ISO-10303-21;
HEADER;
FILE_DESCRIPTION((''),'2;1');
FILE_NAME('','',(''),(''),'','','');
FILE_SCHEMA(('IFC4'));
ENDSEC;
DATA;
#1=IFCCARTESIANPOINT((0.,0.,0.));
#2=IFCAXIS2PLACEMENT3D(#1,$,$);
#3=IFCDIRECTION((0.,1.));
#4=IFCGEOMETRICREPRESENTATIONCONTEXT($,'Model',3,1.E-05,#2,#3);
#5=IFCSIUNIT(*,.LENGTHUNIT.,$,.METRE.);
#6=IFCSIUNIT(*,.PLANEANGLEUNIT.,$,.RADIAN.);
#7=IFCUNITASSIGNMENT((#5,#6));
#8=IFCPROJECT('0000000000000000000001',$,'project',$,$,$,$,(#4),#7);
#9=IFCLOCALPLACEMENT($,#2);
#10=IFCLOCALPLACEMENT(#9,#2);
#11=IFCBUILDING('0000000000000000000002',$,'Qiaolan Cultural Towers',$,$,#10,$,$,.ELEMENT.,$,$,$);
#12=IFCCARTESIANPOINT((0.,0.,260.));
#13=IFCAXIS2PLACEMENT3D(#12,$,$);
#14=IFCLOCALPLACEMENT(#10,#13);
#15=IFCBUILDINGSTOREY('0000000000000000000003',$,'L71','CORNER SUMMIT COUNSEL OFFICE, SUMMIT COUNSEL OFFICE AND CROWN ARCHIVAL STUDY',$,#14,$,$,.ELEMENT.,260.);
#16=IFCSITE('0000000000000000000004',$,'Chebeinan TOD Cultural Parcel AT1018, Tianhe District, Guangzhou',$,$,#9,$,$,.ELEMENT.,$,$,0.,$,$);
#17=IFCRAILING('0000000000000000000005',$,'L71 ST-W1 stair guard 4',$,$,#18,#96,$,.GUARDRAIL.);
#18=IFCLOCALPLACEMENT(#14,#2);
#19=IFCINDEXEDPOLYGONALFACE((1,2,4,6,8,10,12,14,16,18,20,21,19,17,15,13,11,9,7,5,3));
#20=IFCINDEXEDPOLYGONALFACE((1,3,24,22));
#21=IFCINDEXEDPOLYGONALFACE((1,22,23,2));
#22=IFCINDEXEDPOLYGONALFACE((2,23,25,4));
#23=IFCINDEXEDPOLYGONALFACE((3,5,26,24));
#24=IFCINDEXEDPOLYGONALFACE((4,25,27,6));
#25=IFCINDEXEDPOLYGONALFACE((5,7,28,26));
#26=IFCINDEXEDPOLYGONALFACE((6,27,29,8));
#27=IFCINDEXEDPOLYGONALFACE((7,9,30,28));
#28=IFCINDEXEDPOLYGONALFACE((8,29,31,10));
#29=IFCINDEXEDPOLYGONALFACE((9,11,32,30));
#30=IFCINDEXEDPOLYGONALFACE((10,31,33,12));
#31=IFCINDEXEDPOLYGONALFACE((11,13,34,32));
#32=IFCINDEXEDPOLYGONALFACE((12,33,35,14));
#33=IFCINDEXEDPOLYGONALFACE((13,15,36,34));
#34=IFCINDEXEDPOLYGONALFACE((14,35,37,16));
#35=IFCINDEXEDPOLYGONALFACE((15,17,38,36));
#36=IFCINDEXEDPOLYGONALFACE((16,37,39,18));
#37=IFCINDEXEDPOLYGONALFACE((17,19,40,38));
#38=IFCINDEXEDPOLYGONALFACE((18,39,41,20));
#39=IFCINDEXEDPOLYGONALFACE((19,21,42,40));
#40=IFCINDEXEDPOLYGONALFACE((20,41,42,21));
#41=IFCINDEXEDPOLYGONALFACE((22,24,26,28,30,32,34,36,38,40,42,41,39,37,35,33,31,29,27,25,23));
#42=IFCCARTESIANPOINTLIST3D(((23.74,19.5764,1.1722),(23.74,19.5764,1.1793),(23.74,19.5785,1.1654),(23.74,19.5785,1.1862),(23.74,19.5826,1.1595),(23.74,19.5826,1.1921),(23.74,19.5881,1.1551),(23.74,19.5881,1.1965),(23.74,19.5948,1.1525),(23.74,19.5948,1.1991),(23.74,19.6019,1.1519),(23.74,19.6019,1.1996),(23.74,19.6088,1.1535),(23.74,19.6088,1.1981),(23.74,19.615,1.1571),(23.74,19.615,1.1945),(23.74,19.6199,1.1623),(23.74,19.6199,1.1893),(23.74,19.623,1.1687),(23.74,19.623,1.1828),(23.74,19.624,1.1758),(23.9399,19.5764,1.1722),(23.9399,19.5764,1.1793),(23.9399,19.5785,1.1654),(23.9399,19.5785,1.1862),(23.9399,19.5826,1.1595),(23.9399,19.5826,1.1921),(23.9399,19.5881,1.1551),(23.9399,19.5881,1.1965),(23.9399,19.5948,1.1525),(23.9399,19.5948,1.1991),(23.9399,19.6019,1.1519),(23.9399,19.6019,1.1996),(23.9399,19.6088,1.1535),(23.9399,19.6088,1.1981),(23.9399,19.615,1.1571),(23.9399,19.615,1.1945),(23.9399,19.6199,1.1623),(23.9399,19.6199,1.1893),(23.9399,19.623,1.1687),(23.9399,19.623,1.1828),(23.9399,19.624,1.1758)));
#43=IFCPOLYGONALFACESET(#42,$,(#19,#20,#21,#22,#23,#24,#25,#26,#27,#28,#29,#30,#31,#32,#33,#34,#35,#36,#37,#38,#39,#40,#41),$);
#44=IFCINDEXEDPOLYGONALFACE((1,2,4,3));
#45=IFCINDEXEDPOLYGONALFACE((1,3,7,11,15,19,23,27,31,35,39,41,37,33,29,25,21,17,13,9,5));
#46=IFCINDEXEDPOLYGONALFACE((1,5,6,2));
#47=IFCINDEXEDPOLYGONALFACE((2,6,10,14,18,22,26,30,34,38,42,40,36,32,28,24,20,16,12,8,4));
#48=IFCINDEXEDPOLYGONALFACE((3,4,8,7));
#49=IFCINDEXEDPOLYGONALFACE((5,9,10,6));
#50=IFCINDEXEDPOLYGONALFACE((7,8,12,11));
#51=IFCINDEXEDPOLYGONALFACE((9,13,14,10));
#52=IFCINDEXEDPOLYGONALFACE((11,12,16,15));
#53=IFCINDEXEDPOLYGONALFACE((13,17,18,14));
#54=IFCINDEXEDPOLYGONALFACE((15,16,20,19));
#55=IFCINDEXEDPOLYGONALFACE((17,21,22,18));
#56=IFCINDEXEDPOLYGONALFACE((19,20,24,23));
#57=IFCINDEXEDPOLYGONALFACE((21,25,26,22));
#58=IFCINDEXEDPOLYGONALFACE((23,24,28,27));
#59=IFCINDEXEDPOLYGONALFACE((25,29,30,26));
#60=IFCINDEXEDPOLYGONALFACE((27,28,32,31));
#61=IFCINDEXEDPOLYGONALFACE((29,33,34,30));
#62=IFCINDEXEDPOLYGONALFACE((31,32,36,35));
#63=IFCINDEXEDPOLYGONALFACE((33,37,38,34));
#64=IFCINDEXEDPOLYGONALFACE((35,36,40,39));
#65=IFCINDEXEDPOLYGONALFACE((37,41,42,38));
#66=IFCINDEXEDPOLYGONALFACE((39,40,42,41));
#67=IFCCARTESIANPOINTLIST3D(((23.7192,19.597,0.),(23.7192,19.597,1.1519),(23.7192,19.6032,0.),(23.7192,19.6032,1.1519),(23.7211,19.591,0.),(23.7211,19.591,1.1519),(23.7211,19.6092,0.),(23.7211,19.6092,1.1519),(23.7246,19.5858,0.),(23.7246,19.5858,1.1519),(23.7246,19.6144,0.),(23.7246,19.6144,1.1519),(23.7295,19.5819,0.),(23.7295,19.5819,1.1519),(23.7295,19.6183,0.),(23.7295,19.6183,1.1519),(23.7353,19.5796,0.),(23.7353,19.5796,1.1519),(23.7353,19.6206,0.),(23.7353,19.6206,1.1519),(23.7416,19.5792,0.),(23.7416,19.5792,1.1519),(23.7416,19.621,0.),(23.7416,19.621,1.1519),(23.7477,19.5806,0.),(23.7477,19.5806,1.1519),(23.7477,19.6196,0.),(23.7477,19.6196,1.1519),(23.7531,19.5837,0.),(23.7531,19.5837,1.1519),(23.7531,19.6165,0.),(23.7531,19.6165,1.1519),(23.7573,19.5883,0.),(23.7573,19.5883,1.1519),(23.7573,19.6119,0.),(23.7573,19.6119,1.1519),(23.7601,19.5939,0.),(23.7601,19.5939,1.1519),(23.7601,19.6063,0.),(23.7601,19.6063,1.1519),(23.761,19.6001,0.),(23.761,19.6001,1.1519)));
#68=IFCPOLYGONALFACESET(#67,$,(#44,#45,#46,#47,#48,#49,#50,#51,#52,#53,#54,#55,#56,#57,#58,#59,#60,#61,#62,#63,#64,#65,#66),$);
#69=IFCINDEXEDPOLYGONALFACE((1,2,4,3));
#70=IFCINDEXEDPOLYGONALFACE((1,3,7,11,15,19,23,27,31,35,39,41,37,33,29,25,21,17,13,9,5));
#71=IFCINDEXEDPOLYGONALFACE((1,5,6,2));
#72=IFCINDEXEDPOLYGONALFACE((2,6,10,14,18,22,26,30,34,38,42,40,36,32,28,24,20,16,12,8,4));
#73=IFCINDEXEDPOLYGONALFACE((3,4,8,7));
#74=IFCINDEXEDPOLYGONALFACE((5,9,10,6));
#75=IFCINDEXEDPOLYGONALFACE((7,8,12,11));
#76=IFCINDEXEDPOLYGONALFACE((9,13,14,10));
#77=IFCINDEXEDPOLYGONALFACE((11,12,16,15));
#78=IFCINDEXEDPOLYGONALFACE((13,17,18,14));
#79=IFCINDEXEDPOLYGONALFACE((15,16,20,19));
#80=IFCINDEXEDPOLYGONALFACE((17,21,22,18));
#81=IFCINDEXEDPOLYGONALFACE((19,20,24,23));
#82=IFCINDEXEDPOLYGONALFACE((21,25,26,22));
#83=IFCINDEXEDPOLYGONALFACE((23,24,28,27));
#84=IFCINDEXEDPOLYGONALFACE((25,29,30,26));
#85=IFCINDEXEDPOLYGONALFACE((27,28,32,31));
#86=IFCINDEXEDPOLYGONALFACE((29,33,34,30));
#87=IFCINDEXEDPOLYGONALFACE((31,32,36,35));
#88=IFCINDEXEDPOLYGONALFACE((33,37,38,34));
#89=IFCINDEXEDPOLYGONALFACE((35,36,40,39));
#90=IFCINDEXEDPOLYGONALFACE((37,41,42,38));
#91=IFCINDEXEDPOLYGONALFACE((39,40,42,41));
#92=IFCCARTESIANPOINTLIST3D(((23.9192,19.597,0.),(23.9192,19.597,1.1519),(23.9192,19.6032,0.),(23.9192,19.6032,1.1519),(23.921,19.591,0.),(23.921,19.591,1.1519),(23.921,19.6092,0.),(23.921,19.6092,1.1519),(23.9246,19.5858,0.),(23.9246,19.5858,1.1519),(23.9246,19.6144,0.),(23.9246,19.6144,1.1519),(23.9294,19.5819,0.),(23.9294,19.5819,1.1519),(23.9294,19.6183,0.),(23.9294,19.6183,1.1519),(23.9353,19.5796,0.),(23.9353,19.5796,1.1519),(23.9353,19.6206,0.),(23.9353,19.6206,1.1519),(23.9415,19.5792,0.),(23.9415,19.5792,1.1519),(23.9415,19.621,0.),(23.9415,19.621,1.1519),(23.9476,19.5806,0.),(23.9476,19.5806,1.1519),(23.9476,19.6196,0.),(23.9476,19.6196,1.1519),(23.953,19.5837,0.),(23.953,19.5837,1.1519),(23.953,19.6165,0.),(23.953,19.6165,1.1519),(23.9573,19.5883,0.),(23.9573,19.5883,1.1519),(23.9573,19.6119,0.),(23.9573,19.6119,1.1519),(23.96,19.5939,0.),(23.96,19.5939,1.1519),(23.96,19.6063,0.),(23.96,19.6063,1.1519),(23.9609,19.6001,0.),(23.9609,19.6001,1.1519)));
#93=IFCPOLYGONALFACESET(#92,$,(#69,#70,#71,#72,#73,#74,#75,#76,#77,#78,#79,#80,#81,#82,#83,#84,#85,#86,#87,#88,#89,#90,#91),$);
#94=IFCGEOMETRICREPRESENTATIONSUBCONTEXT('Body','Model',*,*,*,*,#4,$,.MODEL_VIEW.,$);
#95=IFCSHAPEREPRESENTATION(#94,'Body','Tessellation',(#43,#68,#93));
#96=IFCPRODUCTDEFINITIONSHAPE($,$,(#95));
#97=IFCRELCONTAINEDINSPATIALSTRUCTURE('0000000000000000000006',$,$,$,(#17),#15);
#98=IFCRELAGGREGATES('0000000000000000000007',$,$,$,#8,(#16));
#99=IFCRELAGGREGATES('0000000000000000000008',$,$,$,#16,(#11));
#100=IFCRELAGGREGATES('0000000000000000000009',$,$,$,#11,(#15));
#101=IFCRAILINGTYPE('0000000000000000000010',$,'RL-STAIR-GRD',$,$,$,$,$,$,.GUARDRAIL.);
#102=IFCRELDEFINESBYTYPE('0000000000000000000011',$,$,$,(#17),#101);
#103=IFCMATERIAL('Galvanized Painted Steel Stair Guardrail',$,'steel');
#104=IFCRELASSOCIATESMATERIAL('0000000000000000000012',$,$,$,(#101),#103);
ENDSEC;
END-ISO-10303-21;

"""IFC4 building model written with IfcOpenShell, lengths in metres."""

from ifc_helpers import new_model, si_unit, direction, frame, origin, origin_2d, place, context, subcontext, project, spatial, circle, extrude, material, type_object, element, save


model = new_model("IFC4")

# Units and contexts
model_context = context("Model", 3, precision=1e-05, world=origin(), true_north=direction((0.0, 1.0)))
body_context = subcontext(model_context, "Body", "Model", "MODEL_VIEW")
ifc_project = project(units=[si_unit("LENGTHUNIT", "METRE"), si_unit("PLANEANGLEUNIT", "RADIAN")], contexts=[model_context])

# Site, building, storey
site_placement = place(None, origin())
site = spatial("IfcSite", under=ifc_project, at=site_placement, Name="Chebeinan TOD Cultural Parcel AT1018, Tianhe District, Guangzhou", CompositionType="ELEMENT", RefElevation=0.0)
building_placement = place(site_placement, origin())
building = spatial("IfcBuilding", under=site, at=building_placement, Name="Qiaolan Cultural Towers", CompositionType="ELEMENT")
storey_placement = place(building_placement, frame((0.0, 0.0, 260.0)))
storey = spatial("IfcBuildingStorey", under=building, at=storey_placement, Name="L71", Description="CORNER SUMMIT COUNSEL OFFICE, SUMMIT COUNSEL OFFICE AND CROWN ARCHIVAL STUDY", CompositionType="ELEMENT", Elevation=260.0)

# Railing
ifc_material_1 = material(Name="Galvanized Painted Steel Stair Guardrail", Category="steel")
railing_type_1 = type_object("IfcRailingType", Name="RL-STAIR-GRD", PredefinedType="GUARDRAIL", material=ifc_material_1)
railing_1_placement = place(storey_placement, frame((23.74, 19.6001, 0.0)))
element("IfcRailing", 1, at=railing_1_placement, inside=storey, type_object=railing_type_1, Name="L71 ST-W1 stair guard 4", PredefinedType="GUARDRAIL", context=body_context, shape_type="SweptSolid", body=[
    extrude(circle(Radius=0.0239, at=origin_2d()), frame((0.0, 0.0, 1.1758), z_axis=(1.0, 0.0, 0.0), x_axis=(0.0, 1.0, 0.0)), (0.0, 0.0, 1.0), 0.2),
    extrude(circle(Radius=0.021, at=origin_2d()), origin(), (0.0, 0.0, 1.0), 1.1519),
    extrude(circle(Radius=0.021, at=origin_2d()), frame((0.2, 0.0, 0.0)), (0.0, 0.0, 1.0), 1.1519),
])

save(model, "model.ifc")
